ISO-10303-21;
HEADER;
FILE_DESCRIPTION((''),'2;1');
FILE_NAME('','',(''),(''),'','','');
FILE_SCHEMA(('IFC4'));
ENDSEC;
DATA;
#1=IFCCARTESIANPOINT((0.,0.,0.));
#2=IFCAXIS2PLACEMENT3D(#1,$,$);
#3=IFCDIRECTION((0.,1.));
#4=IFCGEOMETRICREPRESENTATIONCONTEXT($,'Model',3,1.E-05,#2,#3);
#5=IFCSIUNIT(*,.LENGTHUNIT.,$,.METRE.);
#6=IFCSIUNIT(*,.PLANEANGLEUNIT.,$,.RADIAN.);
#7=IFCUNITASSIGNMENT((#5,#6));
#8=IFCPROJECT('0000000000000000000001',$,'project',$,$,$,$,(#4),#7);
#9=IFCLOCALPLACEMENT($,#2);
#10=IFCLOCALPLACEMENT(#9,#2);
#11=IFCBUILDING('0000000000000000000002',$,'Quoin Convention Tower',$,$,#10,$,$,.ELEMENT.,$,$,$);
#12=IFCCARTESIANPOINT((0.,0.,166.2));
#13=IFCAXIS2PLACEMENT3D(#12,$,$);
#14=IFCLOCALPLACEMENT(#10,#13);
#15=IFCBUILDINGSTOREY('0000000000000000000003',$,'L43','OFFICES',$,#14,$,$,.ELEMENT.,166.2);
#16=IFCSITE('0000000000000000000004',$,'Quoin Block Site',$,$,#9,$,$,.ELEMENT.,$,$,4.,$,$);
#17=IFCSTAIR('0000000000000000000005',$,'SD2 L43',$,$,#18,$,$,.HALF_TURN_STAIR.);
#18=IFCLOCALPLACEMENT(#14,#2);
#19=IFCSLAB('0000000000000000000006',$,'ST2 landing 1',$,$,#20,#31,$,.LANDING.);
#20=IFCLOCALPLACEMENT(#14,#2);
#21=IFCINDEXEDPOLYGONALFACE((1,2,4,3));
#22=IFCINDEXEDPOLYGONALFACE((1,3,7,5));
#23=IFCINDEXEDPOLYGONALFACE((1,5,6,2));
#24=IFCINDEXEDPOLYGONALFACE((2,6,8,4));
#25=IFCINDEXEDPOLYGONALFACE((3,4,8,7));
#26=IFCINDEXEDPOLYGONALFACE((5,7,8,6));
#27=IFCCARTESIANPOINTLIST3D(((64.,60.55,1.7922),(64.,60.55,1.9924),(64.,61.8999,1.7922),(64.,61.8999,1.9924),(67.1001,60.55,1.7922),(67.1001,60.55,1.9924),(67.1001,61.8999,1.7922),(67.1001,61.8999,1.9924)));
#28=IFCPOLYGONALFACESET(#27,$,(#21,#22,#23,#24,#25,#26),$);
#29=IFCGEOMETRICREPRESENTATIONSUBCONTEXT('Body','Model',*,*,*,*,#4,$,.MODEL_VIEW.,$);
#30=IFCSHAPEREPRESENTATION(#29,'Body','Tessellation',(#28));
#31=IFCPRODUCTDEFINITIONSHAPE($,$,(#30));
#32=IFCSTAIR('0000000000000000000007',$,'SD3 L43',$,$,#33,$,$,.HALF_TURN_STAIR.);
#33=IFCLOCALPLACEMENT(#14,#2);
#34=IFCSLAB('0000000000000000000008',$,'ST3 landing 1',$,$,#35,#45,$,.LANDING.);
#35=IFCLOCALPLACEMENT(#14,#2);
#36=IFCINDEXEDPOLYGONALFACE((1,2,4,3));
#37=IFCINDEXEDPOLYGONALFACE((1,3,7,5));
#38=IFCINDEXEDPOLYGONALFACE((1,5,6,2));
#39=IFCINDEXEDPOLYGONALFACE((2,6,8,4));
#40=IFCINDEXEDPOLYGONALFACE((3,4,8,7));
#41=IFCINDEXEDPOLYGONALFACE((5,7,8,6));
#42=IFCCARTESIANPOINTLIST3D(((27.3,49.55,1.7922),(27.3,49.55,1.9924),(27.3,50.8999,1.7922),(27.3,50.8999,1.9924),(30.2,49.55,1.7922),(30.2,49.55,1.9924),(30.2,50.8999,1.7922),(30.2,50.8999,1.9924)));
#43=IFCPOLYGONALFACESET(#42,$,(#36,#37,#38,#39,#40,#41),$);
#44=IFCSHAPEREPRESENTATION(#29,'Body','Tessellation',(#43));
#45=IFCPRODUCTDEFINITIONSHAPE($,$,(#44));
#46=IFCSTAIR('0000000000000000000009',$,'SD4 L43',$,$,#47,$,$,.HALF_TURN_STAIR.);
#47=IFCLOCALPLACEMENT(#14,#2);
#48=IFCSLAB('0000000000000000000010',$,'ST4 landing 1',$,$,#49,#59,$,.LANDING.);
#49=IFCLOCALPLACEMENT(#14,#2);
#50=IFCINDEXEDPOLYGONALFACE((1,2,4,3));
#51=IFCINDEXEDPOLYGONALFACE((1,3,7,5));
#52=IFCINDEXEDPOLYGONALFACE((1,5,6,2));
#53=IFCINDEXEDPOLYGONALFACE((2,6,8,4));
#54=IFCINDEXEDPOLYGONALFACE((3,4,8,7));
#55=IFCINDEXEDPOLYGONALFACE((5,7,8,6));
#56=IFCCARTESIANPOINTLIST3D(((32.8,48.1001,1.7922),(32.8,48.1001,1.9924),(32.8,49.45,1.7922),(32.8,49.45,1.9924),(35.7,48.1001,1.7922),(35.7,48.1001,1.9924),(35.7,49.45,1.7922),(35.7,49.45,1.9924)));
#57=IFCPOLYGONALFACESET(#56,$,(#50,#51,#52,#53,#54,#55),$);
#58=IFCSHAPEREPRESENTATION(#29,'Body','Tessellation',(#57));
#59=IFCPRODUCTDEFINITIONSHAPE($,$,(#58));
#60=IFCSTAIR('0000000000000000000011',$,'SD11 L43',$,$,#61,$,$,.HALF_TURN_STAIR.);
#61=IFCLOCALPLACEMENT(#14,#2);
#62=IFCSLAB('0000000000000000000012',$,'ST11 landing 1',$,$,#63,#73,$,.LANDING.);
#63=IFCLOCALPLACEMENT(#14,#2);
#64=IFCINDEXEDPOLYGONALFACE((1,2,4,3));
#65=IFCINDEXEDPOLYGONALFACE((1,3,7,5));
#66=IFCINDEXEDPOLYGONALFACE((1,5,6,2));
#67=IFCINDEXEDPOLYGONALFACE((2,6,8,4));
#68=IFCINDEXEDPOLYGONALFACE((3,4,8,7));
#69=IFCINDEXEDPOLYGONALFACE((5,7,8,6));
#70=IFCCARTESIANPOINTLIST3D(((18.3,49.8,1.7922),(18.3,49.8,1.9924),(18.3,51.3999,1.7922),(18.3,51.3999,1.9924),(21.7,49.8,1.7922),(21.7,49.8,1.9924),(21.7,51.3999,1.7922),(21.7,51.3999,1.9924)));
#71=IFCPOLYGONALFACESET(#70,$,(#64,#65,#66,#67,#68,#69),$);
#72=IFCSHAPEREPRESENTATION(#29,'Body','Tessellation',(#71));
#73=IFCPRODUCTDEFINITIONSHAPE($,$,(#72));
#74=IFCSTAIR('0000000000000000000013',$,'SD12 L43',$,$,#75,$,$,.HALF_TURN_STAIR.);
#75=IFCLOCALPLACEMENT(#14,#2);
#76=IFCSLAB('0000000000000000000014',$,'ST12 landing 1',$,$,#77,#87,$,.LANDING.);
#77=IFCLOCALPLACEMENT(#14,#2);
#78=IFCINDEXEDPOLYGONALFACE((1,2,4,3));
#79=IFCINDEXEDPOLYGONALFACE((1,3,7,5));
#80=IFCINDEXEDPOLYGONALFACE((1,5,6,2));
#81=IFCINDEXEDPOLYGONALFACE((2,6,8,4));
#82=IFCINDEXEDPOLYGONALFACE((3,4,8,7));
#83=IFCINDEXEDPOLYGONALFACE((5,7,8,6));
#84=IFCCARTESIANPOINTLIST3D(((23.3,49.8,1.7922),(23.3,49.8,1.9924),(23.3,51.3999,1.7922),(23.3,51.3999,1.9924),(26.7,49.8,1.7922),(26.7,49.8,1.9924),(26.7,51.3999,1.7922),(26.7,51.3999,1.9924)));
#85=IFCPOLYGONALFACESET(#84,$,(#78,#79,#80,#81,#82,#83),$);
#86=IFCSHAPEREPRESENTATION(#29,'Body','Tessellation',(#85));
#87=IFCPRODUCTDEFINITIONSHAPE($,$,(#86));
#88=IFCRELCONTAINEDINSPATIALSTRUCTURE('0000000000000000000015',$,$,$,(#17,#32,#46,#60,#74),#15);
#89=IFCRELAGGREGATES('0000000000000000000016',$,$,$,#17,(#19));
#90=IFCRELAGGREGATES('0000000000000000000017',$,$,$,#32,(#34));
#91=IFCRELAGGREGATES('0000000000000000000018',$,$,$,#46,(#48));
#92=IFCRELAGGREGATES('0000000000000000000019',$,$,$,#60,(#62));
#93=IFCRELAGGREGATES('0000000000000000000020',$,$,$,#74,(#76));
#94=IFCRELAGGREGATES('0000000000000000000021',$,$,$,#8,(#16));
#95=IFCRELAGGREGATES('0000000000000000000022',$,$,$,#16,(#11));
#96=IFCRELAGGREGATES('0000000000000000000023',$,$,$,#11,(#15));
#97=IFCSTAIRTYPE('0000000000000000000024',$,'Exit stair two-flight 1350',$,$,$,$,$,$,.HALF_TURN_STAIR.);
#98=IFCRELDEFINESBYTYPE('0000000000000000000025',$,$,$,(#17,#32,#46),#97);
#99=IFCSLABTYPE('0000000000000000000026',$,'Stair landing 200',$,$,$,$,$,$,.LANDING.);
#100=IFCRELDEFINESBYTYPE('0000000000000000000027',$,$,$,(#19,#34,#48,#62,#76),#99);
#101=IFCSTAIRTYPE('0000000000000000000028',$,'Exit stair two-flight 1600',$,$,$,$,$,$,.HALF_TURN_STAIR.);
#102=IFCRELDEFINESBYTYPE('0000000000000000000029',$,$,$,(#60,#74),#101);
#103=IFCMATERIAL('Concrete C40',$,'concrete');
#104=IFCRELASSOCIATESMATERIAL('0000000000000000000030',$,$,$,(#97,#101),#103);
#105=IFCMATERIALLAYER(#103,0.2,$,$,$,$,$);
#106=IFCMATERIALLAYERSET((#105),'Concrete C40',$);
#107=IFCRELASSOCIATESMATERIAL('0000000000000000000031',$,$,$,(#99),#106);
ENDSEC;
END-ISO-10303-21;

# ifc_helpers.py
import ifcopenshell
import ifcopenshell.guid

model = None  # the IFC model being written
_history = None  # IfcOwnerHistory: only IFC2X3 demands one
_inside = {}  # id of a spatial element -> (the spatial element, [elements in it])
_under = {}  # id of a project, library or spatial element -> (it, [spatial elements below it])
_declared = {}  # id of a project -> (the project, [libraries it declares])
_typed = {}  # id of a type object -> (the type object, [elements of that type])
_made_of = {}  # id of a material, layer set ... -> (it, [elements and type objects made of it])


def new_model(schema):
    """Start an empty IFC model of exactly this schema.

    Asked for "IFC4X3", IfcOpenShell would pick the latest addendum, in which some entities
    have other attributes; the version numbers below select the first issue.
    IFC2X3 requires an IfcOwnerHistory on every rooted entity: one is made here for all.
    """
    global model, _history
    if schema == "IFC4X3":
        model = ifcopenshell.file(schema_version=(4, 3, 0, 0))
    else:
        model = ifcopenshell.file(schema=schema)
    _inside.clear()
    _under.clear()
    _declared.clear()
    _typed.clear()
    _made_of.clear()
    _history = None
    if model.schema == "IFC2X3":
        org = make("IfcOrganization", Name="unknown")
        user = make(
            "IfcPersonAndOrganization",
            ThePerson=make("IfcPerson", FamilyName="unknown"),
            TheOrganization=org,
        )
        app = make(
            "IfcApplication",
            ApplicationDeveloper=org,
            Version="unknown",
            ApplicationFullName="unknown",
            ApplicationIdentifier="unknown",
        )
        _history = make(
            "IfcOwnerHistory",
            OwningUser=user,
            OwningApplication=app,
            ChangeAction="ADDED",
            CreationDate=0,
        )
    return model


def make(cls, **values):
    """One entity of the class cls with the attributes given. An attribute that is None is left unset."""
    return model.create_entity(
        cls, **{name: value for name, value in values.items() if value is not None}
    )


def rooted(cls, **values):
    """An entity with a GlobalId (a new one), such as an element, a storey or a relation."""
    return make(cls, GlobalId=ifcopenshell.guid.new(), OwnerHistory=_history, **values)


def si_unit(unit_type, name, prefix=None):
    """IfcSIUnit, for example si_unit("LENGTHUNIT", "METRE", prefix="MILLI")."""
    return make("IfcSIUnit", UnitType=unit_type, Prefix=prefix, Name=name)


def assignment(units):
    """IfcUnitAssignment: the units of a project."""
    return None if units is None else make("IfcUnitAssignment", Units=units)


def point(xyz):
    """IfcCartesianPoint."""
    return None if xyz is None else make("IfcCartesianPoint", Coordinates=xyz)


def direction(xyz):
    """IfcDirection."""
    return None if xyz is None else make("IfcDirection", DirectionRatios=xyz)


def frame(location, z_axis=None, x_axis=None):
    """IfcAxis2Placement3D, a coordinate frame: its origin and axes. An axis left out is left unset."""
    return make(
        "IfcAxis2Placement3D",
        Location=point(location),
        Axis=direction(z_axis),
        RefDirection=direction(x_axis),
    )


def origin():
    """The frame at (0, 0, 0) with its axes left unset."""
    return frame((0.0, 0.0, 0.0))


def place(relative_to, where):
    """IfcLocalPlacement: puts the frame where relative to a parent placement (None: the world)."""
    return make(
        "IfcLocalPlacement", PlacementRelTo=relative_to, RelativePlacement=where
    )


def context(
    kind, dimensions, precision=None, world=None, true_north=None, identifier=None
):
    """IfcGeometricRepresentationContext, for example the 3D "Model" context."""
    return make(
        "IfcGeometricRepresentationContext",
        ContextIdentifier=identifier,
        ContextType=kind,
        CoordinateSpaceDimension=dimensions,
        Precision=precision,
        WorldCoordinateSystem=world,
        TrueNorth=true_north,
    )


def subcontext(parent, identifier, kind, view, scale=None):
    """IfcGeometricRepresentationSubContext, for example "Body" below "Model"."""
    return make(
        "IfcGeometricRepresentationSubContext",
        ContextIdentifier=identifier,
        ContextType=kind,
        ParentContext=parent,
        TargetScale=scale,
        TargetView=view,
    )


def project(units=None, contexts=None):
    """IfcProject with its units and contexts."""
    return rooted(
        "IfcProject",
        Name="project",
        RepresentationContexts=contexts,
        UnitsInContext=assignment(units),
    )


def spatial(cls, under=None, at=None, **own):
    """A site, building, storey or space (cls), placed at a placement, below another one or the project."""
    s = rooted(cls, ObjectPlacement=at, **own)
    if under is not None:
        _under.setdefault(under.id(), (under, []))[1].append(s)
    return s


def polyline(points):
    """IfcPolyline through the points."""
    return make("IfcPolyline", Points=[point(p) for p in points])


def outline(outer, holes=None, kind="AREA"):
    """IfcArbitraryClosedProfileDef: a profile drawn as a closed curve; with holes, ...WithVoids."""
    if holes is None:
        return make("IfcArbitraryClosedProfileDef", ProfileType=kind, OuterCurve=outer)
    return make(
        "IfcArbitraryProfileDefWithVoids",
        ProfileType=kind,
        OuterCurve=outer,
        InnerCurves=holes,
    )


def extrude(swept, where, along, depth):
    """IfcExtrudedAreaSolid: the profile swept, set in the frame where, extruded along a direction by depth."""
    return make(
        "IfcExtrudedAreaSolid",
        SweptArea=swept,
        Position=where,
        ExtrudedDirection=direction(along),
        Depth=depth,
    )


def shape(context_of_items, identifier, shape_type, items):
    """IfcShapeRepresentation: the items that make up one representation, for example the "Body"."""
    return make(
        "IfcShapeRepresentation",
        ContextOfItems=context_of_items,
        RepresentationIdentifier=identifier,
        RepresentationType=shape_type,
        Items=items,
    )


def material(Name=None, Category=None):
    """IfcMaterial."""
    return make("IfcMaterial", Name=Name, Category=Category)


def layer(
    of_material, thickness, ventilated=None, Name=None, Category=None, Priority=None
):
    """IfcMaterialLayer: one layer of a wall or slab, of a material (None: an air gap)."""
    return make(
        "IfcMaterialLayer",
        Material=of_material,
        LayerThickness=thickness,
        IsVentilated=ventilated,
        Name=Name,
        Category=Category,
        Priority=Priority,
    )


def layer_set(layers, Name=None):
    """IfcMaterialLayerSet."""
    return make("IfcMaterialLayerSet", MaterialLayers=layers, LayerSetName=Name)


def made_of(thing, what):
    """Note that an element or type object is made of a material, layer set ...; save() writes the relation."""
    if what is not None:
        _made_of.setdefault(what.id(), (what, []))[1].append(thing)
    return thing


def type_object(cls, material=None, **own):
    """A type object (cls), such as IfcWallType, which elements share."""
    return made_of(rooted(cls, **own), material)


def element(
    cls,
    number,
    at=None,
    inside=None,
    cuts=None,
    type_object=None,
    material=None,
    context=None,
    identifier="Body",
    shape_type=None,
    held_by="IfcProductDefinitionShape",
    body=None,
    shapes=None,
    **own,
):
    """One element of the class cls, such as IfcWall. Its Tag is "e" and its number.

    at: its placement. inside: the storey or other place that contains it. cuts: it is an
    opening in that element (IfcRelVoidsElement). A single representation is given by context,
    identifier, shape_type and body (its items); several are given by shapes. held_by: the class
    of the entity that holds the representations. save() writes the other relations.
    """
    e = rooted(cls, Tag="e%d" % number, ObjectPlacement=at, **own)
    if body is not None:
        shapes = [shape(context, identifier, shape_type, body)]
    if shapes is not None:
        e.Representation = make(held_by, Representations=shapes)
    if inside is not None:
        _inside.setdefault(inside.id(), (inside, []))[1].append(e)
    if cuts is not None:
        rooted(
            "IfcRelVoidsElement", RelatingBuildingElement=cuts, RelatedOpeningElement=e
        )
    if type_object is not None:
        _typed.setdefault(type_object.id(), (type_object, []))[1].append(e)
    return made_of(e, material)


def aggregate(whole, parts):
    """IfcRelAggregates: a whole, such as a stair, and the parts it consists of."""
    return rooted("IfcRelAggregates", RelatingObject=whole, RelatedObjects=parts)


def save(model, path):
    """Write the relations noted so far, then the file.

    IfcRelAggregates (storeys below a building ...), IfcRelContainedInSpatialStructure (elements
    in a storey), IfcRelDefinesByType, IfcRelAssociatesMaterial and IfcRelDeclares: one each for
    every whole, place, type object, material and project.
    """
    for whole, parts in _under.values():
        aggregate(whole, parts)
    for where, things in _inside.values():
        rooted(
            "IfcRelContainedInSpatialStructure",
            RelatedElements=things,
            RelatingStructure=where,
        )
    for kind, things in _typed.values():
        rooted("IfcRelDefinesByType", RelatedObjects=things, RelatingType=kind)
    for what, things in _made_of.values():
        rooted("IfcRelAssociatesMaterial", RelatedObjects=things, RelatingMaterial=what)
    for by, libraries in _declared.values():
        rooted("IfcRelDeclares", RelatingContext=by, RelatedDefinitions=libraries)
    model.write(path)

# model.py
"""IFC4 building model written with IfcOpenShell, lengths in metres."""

from ifc_helpers import new_model, si_unit, direction, frame, origin, place, context, subcontext, project, spatial, polyline, outline, extrude, material, layer, layer_set, type_object, element, aggregate, save


model = new_model("IFC4")

# Units and contexts
model_context = context("Model", 3, precision=1e-05, world=origin(), true_north=direction((0.0, 1.0)))
body_context = subcontext(model_context, "Body", "Model", "MODEL_VIEW")
ifc_project = project(units=[si_unit("LENGTHUNIT", "METRE"), si_unit("PLANEANGLEUNIT", "RADIAN")], contexts=[model_context])

# Site, building, storey
site_placement = place(None, origin())
site = spatial("IfcSite", under=ifc_project, at=site_placement, Name="Quoin Block Site", CompositionType="ELEMENT", RefElevation=4.0)
building_placement = place(site_placement, origin())
building = spatial("IfcBuilding", under=site, at=building_placement, Name="Quoin Convention Tower", CompositionType="ELEMENT")
storey_placement = place(building_placement, frame((0.0, 0.0, 166.2)))
storey = spatial("IfcBuildingStorey", under=building, at=storey_placement, Name="L43", Description="OFFICES", CompositionType="ELEMENT", Elevation=166.2)

# Shared definitions
ifc_material_1 = material(Name="Concrete C40", Category="concrete")

# Stairs, slabs
stair_type_1 = type_object("IfcStairType", Name="Exit stair two-flight 1350", PredefinedType="HALF_TURN_STAIR", material=ifc_material_1)
ifc_layer_1 = layer(ifc_material_1, 0.2)
ifc_layer_set_1 = layer_set([ifc_layer_1], Name="Concrete C40")
slab_type_1 = type_object("IfcSlabType", Name="Stair landing 200", PredefinedType="LANDING", material=ifc_layer_set_1)
stair_1_placement = place(storey_placement, origin())
stair_1 = element("IfcStair", 1, at=stair_1_placement, inside=storey, type_object=stair_type_1, Name="SD2 L43", PredefinedType="HALF_TURN_STAIR")
slab_1_placement = place(storey_placement, frame((0.0, 0.0, 1.7922)))
slab_1 = element("IfcSlab", 2, at=slab_1_placement, type_object=slab_type_1, Name="ST2 landing 1", PredefinedType="LANDING", context=body_context, shape_type="SweptSolid", body=[
    extrude(outline(polyline([(64.0, 60.55), (67.1001, 60.55), (67.1001, 61.8999), (64.0, 61.8999), (64.0, 60.55)])), origin(), (0.0, 0.0, 1.0), 0.2002),
])
aggregate(stair_1, [slab_1])
stair_2_placement = place(storey_placement, origin())
stair_2 = element("IfcStair", 3, at=stair_2_placement, inside=storey, type_object=stair_type_1, Name="SD3 L43", PredefinedType="HALF_TURN_STAIR")
slab_2_placement = place(storey_placement, frame((0.0, 0.0, 1.7922)))
slab_2 = element("IfcSlab", 4, at=slab_2_placement, type_object=slab_type_1, Name="ST3 landing 1", PredefinedType="LANDING", context=body_context, shape_type="SweptSolid", body=[
    extrude(outline(polyline([(27.3, 49.55), (30.2, 49.55), (30.2, 50.8999), (27.3, 50.8999), (27.3, 49.55)])), origin(), (0.0, 0.0, 1.0), 0.2002),
])
aggregate(stair_2, [slab_2])
stair_3_placement = place(storey_placement, origin())
stair_3 = element("IfcStair", 5, at=stair_3_placement, inside=storey, type_object=stair_type_1, Name="SD4 L43", PredefinedType="HALF_TURN_STAIR")
slab_3_placement = place(storey_placement, frame((0.0, 0.0, 1.7922)))
slab_3 = element("IfcSlab", 6, at=slab_3_placement, type_object=slab_type_1, Name="ST4 landing 1", PredefinedType="LANDING", context=body_context, shape_type="SweptSolid", body=[
    extrude(outline(polyline([(35.7, 49.45), (32.8, 49.45), (32.8, 48.1001), (35.7, 48.1001), (35.7, 49.45)])), origin(), (0.0, 0.0, 1.0), 0.2002),
])
aggregate(stair_3, [slab_3])
stair_type_2 = type_object("IfcStairType", Name="Exit stair two-flight 1600", PredefinedType="HALF_TURN_STAIR", material=ifc_material_1)
stair_4_placement = place(storey_placement, origin())
stair_4 = element("IfcStair", 7, at=stair_4_placement, inside=storey, type_object=stair_type_2, Name="SD11 L43", PredefinedType="HALF_TURN_STAIR")
slab_4_placement = place(storey_placement, frame((0.0, 0.0, 1.7922)))
slab_4 = element("IfcSlab", 8, at=slab_4_placement, type_object=slab_type_1, Name="ST11 landing 1", PredefinedType="LANDING", context=body_context, shape_type="SweptSolid", body=[
    extrude(outline(polyline([(21.7, 51.3999), (18.3, 51.3999), (18.3, 49.8), (21.7, 49.8), (21.7, 51.3999)])), origin(), (0.0, 0.0, 1.0), 0.2002),
])
aggregate(stair_4, [slab_4])
stair_5_placement = place(storey_placement, origin())
stair_5 = element("IfcStair", 9, at=stair_5_placement, inside=storey, type_object=stair_type_2, Name="SD12 L43", PredefinedType="HALF_TURN_STAIR")
slab_5_placement = place(storey_placement, frame((0.0, 0.0, 1.7922)))
slab_5 = element("IfcSlab", 10, at=slab_5_placement, type_object=slab_type_1, Name="ST12 landing 1", PredefinedType="LANDING", context=body_context, shape_type="SweptSolid", body=[
    extrude(outline(polyline([(26.7, 51.3999), (23.3, 51.3999), (23.3, 49.8), (26.7, 49.8), (26.7, 51.3999)])), origin(), (0.0, 0.0, 1.0), 0.2002),
])
aggregate(stair_5, [slab_5])

save(model, "model.ifc")
